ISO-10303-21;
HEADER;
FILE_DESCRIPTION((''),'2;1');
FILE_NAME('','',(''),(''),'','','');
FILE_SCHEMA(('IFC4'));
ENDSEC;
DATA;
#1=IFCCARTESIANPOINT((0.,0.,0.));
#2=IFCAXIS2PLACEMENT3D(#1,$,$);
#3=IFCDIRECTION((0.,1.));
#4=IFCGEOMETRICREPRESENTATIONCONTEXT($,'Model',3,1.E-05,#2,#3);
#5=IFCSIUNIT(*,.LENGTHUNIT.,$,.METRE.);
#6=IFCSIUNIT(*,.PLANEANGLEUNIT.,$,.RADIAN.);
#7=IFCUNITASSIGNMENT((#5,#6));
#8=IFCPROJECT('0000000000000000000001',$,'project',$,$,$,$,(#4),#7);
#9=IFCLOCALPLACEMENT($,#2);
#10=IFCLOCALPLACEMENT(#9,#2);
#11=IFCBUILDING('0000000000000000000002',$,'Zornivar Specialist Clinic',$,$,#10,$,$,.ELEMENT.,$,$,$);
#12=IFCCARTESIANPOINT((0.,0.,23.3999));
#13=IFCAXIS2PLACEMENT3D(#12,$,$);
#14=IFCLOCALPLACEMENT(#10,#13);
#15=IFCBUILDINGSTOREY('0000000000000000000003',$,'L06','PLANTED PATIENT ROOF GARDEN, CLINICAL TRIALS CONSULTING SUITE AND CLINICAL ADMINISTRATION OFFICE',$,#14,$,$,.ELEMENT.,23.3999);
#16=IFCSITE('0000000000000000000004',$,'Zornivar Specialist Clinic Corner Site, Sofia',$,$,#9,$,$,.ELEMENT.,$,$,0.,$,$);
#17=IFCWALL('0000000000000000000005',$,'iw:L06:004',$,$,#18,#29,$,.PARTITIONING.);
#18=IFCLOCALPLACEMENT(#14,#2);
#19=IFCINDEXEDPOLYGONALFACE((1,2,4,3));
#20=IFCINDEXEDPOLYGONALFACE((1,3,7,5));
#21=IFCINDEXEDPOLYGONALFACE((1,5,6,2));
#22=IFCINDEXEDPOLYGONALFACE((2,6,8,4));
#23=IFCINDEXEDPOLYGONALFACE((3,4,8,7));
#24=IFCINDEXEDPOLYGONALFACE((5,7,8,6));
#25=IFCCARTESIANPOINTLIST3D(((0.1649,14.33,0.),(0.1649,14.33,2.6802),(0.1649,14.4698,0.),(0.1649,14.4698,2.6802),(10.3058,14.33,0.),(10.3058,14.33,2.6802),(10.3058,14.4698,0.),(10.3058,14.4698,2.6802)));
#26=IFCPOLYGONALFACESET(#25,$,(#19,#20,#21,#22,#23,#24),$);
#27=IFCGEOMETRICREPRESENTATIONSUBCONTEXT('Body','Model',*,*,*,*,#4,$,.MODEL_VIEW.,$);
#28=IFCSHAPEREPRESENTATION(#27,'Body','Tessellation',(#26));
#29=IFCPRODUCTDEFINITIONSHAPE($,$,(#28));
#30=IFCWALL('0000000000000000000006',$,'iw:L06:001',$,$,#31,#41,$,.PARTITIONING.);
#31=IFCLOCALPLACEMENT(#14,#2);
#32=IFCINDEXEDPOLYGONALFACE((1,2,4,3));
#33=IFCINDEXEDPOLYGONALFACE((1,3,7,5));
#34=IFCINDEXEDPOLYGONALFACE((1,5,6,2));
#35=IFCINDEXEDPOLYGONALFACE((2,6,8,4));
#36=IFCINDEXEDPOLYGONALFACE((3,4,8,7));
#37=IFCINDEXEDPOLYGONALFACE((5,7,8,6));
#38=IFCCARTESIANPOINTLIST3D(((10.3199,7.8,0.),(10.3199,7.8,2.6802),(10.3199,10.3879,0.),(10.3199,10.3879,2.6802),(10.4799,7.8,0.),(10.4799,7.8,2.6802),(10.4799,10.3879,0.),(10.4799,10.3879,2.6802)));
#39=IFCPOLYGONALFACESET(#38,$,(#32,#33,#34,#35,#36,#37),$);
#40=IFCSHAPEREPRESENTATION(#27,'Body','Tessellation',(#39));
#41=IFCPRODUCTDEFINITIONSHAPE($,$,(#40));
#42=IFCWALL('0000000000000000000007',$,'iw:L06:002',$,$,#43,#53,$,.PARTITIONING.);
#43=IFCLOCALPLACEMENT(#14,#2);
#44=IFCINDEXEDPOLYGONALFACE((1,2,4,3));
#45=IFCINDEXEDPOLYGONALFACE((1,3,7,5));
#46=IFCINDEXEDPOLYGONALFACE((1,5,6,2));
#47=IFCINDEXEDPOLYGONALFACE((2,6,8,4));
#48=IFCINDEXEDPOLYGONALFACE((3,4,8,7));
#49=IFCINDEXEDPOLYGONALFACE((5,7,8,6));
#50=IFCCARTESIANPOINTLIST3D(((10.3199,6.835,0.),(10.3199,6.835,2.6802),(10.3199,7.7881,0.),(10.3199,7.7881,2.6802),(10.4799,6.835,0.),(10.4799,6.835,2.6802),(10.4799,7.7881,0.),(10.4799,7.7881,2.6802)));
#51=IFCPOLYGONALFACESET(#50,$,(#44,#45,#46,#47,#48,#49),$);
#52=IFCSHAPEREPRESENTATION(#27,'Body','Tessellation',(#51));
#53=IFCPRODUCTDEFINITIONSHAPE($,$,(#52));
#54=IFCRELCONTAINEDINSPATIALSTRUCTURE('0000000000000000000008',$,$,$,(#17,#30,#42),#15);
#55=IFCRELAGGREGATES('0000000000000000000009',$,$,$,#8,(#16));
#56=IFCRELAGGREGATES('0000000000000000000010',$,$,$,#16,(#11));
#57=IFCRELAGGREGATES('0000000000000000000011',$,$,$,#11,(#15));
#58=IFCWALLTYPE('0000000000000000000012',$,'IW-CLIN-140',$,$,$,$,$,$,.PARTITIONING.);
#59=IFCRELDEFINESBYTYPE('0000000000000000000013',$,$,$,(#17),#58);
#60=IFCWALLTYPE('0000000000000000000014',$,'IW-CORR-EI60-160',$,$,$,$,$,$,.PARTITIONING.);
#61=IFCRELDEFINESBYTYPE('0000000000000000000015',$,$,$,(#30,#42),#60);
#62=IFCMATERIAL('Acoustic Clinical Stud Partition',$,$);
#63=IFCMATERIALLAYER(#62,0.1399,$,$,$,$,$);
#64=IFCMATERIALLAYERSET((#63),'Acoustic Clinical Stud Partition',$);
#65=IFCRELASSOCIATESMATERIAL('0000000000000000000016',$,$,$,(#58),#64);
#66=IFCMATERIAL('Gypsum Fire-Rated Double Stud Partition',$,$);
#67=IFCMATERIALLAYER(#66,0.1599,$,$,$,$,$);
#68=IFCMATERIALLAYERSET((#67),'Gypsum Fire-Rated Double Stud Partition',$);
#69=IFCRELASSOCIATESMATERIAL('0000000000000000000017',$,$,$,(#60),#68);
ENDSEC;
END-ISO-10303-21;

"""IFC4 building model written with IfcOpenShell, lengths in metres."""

from ifc_helpers import new_model, si_unit, direction, frame, frame_2d, origin, place, context, subcontext, project, spatial, rectangle, extrude, material, layer, layer_set, type_object, element, save


model = new_model("IFC4")

# Units and contexts
model_context = context("Model", 3, precision=1e-05, world=origin(), true_north=direction((0.0, 1.0)))
body_context = subcontext(model_context, "Body", "Model", "MODEL_VIEW")
ifc_project = project(units=[si_unit("LENGTHUNIT", "METRE"), si_unit("PLANEANGLEUNIT", "RADIAN")], contexts=[model_context])

# Site, building, storey
site_placement = place(None, origin())
site = spatial("IfcSite", under=ifc_project, at=site_placement, Name="Zornivar Specialist Clinic Corner Site, Sofia", CompositionType="ELEMENT", RefElevation=0.0)
building_placement = place(site_placement, origin())
building = spatial("IfcBuilding", under=site, at=building_placement, Name="Zornivar Specialist Clinic", CompositionType="ELEMENT")
storey_placement = place(building_placement, frame((0.0, 0.0, 23.3999)))
storey = spatial("IfcBuildingStorey", under=building, at=storey_placement, Name="L06", Description="PLANTED PATIENT ROOF GARDEN, CLINICAL TRIALS CONSULTING SUITE AND CLINICAL ADMINISTRATION OFFICE", CompositionType="ELEMENT", Elevation=23.3999)

# Wall
ifc_material_1 = material(Name="Acoustic Clinical Stud Partition")
ifc_layer_1 = layer(ifc_material_1, 0.1399)
ifc_layer_set_1 = layer_set([ifc_layer_1], Name="Acoustic Clinical Stud Partition")
wall_type_1 = type_object("IfcWallType", Name="IW-CLIN-140", PredefinedType="PARTITIONING", material=ifc_layer_set_1)
wall_1_placement = place(storey_placement, frame((0.165, 14.3999, 0.0), z_axis=(0.0, 0.0, 1.0), x_axis=(1.0, 0.0, 0.0)))
element("IfcWall", 1, at=wall_1_placement, inside=storey, type_object=wall_type_1, Name="iw:L06:004", PredefinedType="PARTITIONING", context=body_context, shape_type="SweptSolid", body=[
    extrude(rectangle(XDim=10.1409, YDim=0.1399, at=frame_2d((5.0703, 0.0))), origin(), (0.0, 0.0, 1.0), 2.6802),
])

# Shared definitions
ifc_material_2 = material(Name="Gypsum Fire-Rated Double Stud Partition")
ifc_layer_2 = layer(ifc_material_2, 0.1599)
ifc_layer_set_2 = layer_set([ifc_layer_2], Name="Gypsum Fire-Rated Double Stud Partition")
wall_type_2 = type_object("IfcWallType", Name="IW-CORR-EI60-160", PredefinedType="PARTITIONING", material=ifc_layer_set_2)

# Walls
wall_2_placement = place(storey_placement, frame((10.3999, 10.3879, 0.0), z_axis=(0.0, 0.0, 1.0), x_axis=(0.0, -1.0, 0.0)))
element("IfcWall", 2, at=wall_2_placement, inside=storey, type_object=wall_type_2, Name="iw:L06:001", PredefinedType="PARTITIONING", context=body_context, shape_type="SweptSolid", body=[
    extrude(rectangle(XDim=2.5879, YDim=0.1599, at=frame_2d((1.2939, 0.0))), origin(), (0.0, 0.0, 1.0), 2.6802),
])
wall_3_placement = place(storey_placement, frame((10.3999, 7.7881, 0.0), z_axis=(0.0, 0.0, 1.0), x_axis=(0.0, -1.0, 0.0)))
element("IfcWall", 3, at=wall_3_placement, inside=storey, type_object=wall_type_2, Name="iw:L06:002", PredefinedType="PARTITIONING", context=body_context, shape_type="SweptSolid", body=[
    extrude(rectangle(XDim=0.9531, YDim=0.1599, at=frame_2d((0.4766, 0.0))), origin(), (0.0, 0.0, 1.0), 2.6802),
])

save(model, "model.ifc")
